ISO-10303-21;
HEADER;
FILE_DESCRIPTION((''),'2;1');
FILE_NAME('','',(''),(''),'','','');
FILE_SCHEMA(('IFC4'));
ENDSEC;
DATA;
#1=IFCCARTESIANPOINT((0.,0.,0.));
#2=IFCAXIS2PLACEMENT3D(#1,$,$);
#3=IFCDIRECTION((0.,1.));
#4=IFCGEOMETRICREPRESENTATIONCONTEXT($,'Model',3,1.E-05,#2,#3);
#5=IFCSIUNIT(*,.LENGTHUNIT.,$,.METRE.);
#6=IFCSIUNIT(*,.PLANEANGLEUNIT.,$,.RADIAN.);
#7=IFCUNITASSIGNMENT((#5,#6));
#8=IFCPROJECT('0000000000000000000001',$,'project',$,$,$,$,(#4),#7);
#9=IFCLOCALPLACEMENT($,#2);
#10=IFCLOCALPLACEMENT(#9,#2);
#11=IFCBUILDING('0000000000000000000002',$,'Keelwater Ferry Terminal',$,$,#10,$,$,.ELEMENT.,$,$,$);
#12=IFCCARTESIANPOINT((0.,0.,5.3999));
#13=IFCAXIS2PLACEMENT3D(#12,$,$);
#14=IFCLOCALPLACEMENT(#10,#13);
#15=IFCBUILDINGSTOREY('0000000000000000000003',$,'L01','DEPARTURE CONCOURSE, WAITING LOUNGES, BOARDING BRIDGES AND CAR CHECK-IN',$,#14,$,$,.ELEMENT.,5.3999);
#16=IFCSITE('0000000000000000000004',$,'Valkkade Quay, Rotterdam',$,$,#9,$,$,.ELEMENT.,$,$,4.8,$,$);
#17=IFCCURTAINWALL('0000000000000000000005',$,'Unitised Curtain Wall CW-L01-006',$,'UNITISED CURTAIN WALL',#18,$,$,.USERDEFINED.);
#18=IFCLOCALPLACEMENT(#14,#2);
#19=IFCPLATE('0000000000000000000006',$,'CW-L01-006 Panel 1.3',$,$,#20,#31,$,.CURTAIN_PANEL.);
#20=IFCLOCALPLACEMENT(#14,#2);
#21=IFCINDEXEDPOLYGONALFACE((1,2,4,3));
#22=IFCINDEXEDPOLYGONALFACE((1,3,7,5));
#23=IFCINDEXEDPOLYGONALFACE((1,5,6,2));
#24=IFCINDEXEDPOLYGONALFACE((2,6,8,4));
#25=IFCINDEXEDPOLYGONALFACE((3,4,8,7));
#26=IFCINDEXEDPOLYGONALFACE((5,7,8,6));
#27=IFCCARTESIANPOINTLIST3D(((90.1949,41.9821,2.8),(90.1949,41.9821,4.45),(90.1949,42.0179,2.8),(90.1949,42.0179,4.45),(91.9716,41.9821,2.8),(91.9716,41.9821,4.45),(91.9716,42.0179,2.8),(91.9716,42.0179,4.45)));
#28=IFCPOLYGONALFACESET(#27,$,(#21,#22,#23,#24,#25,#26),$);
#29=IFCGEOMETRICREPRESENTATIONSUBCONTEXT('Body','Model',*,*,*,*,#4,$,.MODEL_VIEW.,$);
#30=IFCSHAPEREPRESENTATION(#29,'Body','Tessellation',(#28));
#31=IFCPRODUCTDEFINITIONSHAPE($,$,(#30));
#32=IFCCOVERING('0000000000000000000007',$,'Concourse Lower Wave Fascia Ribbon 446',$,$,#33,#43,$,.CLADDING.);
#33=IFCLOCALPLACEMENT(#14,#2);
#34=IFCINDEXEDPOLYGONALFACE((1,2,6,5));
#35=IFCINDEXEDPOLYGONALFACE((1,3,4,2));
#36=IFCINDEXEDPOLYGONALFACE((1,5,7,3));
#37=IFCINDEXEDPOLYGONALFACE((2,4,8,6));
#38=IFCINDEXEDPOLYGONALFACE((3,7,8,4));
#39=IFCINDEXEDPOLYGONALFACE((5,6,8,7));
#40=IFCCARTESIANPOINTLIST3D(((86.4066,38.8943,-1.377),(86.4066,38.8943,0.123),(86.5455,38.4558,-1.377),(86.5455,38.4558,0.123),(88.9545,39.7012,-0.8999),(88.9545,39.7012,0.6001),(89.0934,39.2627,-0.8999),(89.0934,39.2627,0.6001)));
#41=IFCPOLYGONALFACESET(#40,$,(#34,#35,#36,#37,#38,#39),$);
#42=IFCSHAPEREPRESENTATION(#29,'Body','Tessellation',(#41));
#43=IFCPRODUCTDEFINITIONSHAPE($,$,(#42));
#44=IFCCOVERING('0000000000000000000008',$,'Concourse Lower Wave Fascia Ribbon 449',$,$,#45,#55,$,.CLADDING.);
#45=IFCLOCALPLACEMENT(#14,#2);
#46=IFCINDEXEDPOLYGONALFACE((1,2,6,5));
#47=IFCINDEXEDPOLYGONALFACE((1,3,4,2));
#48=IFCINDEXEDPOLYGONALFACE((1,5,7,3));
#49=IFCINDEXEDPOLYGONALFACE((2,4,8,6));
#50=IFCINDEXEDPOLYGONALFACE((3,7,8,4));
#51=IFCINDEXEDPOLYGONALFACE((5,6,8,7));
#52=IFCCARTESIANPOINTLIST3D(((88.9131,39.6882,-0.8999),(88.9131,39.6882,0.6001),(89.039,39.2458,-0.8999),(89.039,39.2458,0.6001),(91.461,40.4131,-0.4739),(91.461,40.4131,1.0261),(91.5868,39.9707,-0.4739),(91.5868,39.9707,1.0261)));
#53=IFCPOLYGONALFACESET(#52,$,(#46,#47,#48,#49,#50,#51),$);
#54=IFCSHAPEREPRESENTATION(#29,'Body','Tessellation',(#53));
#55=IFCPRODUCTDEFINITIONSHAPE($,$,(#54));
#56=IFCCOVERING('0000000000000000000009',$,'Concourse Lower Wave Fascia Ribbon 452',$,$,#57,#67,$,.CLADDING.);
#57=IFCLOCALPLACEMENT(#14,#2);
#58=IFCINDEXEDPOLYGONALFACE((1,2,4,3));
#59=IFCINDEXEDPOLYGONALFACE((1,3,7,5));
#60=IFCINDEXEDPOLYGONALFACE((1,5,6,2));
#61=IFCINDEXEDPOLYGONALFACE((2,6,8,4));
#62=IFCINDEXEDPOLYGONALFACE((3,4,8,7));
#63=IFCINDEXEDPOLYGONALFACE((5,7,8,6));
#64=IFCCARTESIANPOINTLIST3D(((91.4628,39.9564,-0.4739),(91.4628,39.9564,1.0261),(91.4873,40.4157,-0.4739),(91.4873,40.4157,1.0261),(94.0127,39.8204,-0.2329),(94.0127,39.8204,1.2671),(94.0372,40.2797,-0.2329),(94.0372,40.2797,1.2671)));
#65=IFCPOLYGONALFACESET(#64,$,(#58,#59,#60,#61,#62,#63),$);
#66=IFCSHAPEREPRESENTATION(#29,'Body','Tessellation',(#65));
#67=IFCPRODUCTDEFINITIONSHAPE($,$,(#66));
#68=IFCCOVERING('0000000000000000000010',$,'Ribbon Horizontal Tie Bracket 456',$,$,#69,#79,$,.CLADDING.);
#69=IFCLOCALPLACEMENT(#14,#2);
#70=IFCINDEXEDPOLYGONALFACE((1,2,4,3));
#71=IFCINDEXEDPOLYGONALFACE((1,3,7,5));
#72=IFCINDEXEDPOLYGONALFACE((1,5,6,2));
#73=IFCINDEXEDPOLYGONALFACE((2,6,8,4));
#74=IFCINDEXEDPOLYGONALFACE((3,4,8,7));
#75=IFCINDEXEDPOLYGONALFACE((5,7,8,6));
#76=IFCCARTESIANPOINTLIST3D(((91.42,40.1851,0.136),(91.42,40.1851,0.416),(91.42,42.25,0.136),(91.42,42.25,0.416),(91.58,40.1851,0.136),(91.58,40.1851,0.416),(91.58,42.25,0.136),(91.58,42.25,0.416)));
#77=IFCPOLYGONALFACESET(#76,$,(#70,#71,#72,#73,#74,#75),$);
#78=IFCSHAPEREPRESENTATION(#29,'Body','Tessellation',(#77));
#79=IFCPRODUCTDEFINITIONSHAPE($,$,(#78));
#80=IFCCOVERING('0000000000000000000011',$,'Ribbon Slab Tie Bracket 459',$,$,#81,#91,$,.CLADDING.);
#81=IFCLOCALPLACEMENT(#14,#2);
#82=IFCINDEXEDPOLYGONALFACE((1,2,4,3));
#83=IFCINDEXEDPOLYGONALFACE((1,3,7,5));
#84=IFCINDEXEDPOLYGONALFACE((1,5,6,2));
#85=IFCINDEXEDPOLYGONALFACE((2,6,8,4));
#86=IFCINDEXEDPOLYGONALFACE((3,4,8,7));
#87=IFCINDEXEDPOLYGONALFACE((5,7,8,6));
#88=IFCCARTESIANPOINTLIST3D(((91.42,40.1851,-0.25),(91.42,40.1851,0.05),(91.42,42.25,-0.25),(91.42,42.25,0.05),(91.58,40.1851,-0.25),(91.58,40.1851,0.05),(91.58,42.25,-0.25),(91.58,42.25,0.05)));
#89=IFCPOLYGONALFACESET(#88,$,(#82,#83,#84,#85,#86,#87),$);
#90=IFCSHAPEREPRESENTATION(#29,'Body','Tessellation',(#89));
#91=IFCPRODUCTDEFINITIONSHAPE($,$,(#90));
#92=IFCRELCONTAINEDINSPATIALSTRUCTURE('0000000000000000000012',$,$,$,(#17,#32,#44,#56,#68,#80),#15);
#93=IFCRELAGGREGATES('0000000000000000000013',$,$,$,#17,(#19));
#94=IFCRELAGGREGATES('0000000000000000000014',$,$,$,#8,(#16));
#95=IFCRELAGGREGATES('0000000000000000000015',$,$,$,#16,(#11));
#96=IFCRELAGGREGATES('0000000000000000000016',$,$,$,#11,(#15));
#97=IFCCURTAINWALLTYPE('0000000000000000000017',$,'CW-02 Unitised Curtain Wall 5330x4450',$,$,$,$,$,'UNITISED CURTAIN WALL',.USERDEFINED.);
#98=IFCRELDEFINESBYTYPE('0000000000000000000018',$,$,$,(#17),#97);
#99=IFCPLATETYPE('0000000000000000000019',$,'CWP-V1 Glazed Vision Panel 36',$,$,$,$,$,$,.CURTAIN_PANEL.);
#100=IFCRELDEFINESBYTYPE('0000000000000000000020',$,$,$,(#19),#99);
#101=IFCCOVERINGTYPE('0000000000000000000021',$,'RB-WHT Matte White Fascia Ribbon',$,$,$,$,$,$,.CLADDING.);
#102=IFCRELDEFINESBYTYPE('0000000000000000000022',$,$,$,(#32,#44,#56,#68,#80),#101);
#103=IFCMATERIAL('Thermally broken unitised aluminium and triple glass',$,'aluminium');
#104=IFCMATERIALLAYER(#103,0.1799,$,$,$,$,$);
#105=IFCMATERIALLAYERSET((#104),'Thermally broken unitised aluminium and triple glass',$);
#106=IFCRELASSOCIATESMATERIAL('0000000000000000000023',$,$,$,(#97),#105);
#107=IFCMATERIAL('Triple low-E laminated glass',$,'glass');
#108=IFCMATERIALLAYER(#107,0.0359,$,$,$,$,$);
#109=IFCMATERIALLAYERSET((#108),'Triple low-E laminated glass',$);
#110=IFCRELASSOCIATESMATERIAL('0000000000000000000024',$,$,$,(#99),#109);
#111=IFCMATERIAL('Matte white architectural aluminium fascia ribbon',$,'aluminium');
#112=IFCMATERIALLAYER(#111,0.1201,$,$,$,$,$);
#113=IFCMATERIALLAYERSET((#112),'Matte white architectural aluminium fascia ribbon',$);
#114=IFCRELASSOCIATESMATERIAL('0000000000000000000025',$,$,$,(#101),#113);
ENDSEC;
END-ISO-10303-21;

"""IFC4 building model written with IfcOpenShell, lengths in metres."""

from ifc_helpers import new_model, si_unit, direction, frame, frame_2d, origin, origin_2d, place, context, subcontext, project, spatial, polyline, rectangle, outline, extrude, material, layer, layer_set, type_object, element, aggregate, save


model = new_model("IFC4")

# Units and contexts
model_context = context("Model", 3, precision=1e-05, world=origin(), true_north=direction((0.0, 1.0)))
body_context = subcontext(model_context, "Body", "Model", "MODEL_VIEW")
ifc_project = project(units=[si_unit("LENGTHUNIT", "METRE"), si_unit("PLANEANGLEUNIT", "RADIAN")], contexts=[model_context])

# Site, building, storey
site_placement = place(None, origin())
site = spatial("IfcSite", under=ifc_project, at=site_placement, Name="Valkkade Quay, Rotterdam", CompositionType="ELEMENT", RefElevation=4.8)
building_placement = place(site_placement, origin())
building = spatial("IfcBuilding", under=site, at=building_placement, Name="Keelwater Ferry Terminal", CompositionType="ELEMENT")
storey_placement = place(building_placement, frame((0.0, 0.0, 5.3999)))
storey = spatial("IfcBuildingStorey", under=building, at=storey_placement, Name="L01", Description="DEPARTURE CONCOURSE, WAITING LOUNGES, BOARDING BRIDGES AND CAR CHECK-IN", CompositionType="ELEMENT", Elevation=5.3999)

# Shared definitions
ifc_material_1 = material(Name="Thermally broken unitised aluminium and triple glass", Category="aluminium")
ifc_layer_1 = layer(ifc_material_1, 0.1799)
ifc_layer_set_1 = layer_set([ifc_layer_1], Name="Thermally broken unitised aluminium and triple glass")
curtain_wall_type = type_object("IfcCurtainWallType", Name="CW-02 Unitised Curtain Wall 5330x4450", ElementType="UNITISED CURTAIN WALL", PredefinedType="USERDEFINED", material=ifc_layer_set_1)

# Curtain wall
curtain_wall_1_placement = place(storey_placement, origin())
curtain_wall_1 = element("IfcCurtainWall", 1, at=curtain_wall_1_placement, inside=storey, type_object=curtain_wall_type, Name="Unitised Curtain Wall CW-L01-006", ObjectType="UNITISED CURTAIN WALL", PredefinedType="USERDEFINED")

# Plate
ifc_material_2 = material(Name="Triple low-E laminated glass", Category="glass")
ifc_layer_2 = layer(ifc_material_2, 0.0359)
ifc_layer_set_2 = layer_set([ifc_layer_2], Name="Triple low-E laminated glass")
plate_type_1 = type_object("IfcPlateType", Name="CWP-V1 Glazed Vision Panel 36", PredefinedType="CURTAIN_PANEL", material=ifc_layer_set_2)
plate_1_placement = place(storey_placement, frame((91.0833, 42.0, 2.8), z_axis=(0.0, 0.0, 1.0), x_axis=(1.0, 0.0, 0.0)))
plate_1 = element("IfcPlate", 2, at=plate_1_placement, type_object=plate_type_1, Name="CW-L01-006 Panel 1.3", PredefinedType="CURTAIN_PANEL", context=body_context, shape_type="SweptSolid", body=[
    extrude(rectangle(XDim=1.7766, YDim=0.0359, at=origin_2d()), origin(), (0.0, 0.0, 1.0), 1.6499),
])
aggregate(curtain_wall_1, [plate_1])

# Coverings
ifc_material_3 = material(Name="Matte white architectural aluminium fascia ribbon", Category="aluminium")
ifc_layer_3 = layer(ifc_material_3, 0.1201)
ifc_layer_set_3 = layer_set([ifc_layer_3], Name="Matte white architectural aluminium fascia ribbon")
covering_type = type_object("IfcCoveringType", Name="RB-WHT Matte White Fascia Ribbon", PredefinedType="CLADDING", material=ifc_layer_set_3)
covering_1_placement = place(storey_placement, frame((86.4761, 38.675, -1.377), z_axis=(0.0, 0.0, 1.0), x_axis=(0.953335, 0.301914, 0.0)))
element("IfcCovering", 3, at=covering_1_placement, inside=storey, type_object=covering_type, Name="Concourse Lower Wave Fascia Ribbon 446", PredefinedType="CLADDING", context=body_context, shape_type="SweptSolid", body=[
    extrude(outline(polyline([(0.0, 0.0), (2.6726, 0.4771), (2.6726, 1.9771), (0.0, 1.5), (0.0, 0.0)])), frame((0.0, 0.23, 0.0), z_axis=(0.0, -1.0, 0.0), x_axis=(1.0, 0.0, 0.0)), (0.0, 0.0, 1.0), 0.46),
])
covering_2_placement = place(storey_placement, frame((88.9761, 39.467, -0.8999), z_axis=(0.0, 0.0, 1.0), x_axis=(0.961833, 0.273638, 0.0)))
element("IfcCovering", 4, at=covering_2_placement, inside=storey, type_object=covering_type, Name="Concourse Lower Wave Fascia Ribbon 449", PredefinedType="CLADDING", context=body_context, shape_type="SweptSolid", body=[
    extrude(outline(polyline([(0.0, 0.0), (2.6489, 0.426), (2.6489, 1.926), (0.0, 1.5), (0.0, 0.0)])), frame((0.0, 0.23, 0.0), z_axis=(0.0, -1.0, 0.0), x_axis=(1.0, 0.0, 0.0)), (0.0, 0.0, 1.0), 0.46),
])
covering_3_placement = place(storey_placement, frame((91.4751, 40.186, -0.4739), z_axis=(0.0, 0.0, 1.0), x_axis=(0.998581, -0.053256, 0.0)))
element("IfcCovering", 5, at=covering_3_placement, inside=storey, type_object=covering_type, Name="Concourse Lower Wave Fascia Ribbon 452", PredefinedType="CLADDING", context=body_context, shape_type="SweptSolid", body=[
    extrude(outline(polyline([(0.0, 0.0), (2.5535, 0.241), (2.5535, 1.741), (0.0, 1.5), (0.0, 0.0)])), frame((0.0, 0.23, 0.0), z_axis=(0.0, -1.0, 0.0), x_axis=(1.0, 0.0, 0.0)), (0.0, 0.0, 1.0), 0.46),
])
covering_4_placement = place(storey_placement, frame((91.5, 40.1851, 0.136), z_axis=(0.0, 0.0, 1.0), x_axis=(0.0, 1.0, 0.0)))
element("IfcCovering", 6, at=covering_4_placement, inside=storey, type_object=covering_type, Name="Ribbon Horizontal Tie Bracket 456", PredefinedType="CLADDING", context=body_context, shape_type="SweptSolid", body=[
    extrude(rectangle(XDim=2.0649, YDim=0.1599, at=frame_2d((1.0325, 0.0))), origin(), (0.0, 0.0, 1.0), 0.28),
])
covering_5_placement = place(storey_placement, frame((91.5, 40.1851, -0.25), z_axis=(0.0, 0.0, 1.0), x_axis=(0.0, 1.0, 0.0)))
element("IfcCovering", 7, at=covering_5_placement, inside=storey, type_object=covering_type, Name="Ribbon Slab Tie Bracket 459", PredefinedType="CLADDING", context=body_context, shape_type="SweptSolid", body=[
    extrude(rectangle(XDim=2.0649, YDim=0.1599, at=frame_2d((1.0325, 0.0))), origin(), (0.0, 0.0, 1.0), 0.3),
])

save(model, "model.ifc")
